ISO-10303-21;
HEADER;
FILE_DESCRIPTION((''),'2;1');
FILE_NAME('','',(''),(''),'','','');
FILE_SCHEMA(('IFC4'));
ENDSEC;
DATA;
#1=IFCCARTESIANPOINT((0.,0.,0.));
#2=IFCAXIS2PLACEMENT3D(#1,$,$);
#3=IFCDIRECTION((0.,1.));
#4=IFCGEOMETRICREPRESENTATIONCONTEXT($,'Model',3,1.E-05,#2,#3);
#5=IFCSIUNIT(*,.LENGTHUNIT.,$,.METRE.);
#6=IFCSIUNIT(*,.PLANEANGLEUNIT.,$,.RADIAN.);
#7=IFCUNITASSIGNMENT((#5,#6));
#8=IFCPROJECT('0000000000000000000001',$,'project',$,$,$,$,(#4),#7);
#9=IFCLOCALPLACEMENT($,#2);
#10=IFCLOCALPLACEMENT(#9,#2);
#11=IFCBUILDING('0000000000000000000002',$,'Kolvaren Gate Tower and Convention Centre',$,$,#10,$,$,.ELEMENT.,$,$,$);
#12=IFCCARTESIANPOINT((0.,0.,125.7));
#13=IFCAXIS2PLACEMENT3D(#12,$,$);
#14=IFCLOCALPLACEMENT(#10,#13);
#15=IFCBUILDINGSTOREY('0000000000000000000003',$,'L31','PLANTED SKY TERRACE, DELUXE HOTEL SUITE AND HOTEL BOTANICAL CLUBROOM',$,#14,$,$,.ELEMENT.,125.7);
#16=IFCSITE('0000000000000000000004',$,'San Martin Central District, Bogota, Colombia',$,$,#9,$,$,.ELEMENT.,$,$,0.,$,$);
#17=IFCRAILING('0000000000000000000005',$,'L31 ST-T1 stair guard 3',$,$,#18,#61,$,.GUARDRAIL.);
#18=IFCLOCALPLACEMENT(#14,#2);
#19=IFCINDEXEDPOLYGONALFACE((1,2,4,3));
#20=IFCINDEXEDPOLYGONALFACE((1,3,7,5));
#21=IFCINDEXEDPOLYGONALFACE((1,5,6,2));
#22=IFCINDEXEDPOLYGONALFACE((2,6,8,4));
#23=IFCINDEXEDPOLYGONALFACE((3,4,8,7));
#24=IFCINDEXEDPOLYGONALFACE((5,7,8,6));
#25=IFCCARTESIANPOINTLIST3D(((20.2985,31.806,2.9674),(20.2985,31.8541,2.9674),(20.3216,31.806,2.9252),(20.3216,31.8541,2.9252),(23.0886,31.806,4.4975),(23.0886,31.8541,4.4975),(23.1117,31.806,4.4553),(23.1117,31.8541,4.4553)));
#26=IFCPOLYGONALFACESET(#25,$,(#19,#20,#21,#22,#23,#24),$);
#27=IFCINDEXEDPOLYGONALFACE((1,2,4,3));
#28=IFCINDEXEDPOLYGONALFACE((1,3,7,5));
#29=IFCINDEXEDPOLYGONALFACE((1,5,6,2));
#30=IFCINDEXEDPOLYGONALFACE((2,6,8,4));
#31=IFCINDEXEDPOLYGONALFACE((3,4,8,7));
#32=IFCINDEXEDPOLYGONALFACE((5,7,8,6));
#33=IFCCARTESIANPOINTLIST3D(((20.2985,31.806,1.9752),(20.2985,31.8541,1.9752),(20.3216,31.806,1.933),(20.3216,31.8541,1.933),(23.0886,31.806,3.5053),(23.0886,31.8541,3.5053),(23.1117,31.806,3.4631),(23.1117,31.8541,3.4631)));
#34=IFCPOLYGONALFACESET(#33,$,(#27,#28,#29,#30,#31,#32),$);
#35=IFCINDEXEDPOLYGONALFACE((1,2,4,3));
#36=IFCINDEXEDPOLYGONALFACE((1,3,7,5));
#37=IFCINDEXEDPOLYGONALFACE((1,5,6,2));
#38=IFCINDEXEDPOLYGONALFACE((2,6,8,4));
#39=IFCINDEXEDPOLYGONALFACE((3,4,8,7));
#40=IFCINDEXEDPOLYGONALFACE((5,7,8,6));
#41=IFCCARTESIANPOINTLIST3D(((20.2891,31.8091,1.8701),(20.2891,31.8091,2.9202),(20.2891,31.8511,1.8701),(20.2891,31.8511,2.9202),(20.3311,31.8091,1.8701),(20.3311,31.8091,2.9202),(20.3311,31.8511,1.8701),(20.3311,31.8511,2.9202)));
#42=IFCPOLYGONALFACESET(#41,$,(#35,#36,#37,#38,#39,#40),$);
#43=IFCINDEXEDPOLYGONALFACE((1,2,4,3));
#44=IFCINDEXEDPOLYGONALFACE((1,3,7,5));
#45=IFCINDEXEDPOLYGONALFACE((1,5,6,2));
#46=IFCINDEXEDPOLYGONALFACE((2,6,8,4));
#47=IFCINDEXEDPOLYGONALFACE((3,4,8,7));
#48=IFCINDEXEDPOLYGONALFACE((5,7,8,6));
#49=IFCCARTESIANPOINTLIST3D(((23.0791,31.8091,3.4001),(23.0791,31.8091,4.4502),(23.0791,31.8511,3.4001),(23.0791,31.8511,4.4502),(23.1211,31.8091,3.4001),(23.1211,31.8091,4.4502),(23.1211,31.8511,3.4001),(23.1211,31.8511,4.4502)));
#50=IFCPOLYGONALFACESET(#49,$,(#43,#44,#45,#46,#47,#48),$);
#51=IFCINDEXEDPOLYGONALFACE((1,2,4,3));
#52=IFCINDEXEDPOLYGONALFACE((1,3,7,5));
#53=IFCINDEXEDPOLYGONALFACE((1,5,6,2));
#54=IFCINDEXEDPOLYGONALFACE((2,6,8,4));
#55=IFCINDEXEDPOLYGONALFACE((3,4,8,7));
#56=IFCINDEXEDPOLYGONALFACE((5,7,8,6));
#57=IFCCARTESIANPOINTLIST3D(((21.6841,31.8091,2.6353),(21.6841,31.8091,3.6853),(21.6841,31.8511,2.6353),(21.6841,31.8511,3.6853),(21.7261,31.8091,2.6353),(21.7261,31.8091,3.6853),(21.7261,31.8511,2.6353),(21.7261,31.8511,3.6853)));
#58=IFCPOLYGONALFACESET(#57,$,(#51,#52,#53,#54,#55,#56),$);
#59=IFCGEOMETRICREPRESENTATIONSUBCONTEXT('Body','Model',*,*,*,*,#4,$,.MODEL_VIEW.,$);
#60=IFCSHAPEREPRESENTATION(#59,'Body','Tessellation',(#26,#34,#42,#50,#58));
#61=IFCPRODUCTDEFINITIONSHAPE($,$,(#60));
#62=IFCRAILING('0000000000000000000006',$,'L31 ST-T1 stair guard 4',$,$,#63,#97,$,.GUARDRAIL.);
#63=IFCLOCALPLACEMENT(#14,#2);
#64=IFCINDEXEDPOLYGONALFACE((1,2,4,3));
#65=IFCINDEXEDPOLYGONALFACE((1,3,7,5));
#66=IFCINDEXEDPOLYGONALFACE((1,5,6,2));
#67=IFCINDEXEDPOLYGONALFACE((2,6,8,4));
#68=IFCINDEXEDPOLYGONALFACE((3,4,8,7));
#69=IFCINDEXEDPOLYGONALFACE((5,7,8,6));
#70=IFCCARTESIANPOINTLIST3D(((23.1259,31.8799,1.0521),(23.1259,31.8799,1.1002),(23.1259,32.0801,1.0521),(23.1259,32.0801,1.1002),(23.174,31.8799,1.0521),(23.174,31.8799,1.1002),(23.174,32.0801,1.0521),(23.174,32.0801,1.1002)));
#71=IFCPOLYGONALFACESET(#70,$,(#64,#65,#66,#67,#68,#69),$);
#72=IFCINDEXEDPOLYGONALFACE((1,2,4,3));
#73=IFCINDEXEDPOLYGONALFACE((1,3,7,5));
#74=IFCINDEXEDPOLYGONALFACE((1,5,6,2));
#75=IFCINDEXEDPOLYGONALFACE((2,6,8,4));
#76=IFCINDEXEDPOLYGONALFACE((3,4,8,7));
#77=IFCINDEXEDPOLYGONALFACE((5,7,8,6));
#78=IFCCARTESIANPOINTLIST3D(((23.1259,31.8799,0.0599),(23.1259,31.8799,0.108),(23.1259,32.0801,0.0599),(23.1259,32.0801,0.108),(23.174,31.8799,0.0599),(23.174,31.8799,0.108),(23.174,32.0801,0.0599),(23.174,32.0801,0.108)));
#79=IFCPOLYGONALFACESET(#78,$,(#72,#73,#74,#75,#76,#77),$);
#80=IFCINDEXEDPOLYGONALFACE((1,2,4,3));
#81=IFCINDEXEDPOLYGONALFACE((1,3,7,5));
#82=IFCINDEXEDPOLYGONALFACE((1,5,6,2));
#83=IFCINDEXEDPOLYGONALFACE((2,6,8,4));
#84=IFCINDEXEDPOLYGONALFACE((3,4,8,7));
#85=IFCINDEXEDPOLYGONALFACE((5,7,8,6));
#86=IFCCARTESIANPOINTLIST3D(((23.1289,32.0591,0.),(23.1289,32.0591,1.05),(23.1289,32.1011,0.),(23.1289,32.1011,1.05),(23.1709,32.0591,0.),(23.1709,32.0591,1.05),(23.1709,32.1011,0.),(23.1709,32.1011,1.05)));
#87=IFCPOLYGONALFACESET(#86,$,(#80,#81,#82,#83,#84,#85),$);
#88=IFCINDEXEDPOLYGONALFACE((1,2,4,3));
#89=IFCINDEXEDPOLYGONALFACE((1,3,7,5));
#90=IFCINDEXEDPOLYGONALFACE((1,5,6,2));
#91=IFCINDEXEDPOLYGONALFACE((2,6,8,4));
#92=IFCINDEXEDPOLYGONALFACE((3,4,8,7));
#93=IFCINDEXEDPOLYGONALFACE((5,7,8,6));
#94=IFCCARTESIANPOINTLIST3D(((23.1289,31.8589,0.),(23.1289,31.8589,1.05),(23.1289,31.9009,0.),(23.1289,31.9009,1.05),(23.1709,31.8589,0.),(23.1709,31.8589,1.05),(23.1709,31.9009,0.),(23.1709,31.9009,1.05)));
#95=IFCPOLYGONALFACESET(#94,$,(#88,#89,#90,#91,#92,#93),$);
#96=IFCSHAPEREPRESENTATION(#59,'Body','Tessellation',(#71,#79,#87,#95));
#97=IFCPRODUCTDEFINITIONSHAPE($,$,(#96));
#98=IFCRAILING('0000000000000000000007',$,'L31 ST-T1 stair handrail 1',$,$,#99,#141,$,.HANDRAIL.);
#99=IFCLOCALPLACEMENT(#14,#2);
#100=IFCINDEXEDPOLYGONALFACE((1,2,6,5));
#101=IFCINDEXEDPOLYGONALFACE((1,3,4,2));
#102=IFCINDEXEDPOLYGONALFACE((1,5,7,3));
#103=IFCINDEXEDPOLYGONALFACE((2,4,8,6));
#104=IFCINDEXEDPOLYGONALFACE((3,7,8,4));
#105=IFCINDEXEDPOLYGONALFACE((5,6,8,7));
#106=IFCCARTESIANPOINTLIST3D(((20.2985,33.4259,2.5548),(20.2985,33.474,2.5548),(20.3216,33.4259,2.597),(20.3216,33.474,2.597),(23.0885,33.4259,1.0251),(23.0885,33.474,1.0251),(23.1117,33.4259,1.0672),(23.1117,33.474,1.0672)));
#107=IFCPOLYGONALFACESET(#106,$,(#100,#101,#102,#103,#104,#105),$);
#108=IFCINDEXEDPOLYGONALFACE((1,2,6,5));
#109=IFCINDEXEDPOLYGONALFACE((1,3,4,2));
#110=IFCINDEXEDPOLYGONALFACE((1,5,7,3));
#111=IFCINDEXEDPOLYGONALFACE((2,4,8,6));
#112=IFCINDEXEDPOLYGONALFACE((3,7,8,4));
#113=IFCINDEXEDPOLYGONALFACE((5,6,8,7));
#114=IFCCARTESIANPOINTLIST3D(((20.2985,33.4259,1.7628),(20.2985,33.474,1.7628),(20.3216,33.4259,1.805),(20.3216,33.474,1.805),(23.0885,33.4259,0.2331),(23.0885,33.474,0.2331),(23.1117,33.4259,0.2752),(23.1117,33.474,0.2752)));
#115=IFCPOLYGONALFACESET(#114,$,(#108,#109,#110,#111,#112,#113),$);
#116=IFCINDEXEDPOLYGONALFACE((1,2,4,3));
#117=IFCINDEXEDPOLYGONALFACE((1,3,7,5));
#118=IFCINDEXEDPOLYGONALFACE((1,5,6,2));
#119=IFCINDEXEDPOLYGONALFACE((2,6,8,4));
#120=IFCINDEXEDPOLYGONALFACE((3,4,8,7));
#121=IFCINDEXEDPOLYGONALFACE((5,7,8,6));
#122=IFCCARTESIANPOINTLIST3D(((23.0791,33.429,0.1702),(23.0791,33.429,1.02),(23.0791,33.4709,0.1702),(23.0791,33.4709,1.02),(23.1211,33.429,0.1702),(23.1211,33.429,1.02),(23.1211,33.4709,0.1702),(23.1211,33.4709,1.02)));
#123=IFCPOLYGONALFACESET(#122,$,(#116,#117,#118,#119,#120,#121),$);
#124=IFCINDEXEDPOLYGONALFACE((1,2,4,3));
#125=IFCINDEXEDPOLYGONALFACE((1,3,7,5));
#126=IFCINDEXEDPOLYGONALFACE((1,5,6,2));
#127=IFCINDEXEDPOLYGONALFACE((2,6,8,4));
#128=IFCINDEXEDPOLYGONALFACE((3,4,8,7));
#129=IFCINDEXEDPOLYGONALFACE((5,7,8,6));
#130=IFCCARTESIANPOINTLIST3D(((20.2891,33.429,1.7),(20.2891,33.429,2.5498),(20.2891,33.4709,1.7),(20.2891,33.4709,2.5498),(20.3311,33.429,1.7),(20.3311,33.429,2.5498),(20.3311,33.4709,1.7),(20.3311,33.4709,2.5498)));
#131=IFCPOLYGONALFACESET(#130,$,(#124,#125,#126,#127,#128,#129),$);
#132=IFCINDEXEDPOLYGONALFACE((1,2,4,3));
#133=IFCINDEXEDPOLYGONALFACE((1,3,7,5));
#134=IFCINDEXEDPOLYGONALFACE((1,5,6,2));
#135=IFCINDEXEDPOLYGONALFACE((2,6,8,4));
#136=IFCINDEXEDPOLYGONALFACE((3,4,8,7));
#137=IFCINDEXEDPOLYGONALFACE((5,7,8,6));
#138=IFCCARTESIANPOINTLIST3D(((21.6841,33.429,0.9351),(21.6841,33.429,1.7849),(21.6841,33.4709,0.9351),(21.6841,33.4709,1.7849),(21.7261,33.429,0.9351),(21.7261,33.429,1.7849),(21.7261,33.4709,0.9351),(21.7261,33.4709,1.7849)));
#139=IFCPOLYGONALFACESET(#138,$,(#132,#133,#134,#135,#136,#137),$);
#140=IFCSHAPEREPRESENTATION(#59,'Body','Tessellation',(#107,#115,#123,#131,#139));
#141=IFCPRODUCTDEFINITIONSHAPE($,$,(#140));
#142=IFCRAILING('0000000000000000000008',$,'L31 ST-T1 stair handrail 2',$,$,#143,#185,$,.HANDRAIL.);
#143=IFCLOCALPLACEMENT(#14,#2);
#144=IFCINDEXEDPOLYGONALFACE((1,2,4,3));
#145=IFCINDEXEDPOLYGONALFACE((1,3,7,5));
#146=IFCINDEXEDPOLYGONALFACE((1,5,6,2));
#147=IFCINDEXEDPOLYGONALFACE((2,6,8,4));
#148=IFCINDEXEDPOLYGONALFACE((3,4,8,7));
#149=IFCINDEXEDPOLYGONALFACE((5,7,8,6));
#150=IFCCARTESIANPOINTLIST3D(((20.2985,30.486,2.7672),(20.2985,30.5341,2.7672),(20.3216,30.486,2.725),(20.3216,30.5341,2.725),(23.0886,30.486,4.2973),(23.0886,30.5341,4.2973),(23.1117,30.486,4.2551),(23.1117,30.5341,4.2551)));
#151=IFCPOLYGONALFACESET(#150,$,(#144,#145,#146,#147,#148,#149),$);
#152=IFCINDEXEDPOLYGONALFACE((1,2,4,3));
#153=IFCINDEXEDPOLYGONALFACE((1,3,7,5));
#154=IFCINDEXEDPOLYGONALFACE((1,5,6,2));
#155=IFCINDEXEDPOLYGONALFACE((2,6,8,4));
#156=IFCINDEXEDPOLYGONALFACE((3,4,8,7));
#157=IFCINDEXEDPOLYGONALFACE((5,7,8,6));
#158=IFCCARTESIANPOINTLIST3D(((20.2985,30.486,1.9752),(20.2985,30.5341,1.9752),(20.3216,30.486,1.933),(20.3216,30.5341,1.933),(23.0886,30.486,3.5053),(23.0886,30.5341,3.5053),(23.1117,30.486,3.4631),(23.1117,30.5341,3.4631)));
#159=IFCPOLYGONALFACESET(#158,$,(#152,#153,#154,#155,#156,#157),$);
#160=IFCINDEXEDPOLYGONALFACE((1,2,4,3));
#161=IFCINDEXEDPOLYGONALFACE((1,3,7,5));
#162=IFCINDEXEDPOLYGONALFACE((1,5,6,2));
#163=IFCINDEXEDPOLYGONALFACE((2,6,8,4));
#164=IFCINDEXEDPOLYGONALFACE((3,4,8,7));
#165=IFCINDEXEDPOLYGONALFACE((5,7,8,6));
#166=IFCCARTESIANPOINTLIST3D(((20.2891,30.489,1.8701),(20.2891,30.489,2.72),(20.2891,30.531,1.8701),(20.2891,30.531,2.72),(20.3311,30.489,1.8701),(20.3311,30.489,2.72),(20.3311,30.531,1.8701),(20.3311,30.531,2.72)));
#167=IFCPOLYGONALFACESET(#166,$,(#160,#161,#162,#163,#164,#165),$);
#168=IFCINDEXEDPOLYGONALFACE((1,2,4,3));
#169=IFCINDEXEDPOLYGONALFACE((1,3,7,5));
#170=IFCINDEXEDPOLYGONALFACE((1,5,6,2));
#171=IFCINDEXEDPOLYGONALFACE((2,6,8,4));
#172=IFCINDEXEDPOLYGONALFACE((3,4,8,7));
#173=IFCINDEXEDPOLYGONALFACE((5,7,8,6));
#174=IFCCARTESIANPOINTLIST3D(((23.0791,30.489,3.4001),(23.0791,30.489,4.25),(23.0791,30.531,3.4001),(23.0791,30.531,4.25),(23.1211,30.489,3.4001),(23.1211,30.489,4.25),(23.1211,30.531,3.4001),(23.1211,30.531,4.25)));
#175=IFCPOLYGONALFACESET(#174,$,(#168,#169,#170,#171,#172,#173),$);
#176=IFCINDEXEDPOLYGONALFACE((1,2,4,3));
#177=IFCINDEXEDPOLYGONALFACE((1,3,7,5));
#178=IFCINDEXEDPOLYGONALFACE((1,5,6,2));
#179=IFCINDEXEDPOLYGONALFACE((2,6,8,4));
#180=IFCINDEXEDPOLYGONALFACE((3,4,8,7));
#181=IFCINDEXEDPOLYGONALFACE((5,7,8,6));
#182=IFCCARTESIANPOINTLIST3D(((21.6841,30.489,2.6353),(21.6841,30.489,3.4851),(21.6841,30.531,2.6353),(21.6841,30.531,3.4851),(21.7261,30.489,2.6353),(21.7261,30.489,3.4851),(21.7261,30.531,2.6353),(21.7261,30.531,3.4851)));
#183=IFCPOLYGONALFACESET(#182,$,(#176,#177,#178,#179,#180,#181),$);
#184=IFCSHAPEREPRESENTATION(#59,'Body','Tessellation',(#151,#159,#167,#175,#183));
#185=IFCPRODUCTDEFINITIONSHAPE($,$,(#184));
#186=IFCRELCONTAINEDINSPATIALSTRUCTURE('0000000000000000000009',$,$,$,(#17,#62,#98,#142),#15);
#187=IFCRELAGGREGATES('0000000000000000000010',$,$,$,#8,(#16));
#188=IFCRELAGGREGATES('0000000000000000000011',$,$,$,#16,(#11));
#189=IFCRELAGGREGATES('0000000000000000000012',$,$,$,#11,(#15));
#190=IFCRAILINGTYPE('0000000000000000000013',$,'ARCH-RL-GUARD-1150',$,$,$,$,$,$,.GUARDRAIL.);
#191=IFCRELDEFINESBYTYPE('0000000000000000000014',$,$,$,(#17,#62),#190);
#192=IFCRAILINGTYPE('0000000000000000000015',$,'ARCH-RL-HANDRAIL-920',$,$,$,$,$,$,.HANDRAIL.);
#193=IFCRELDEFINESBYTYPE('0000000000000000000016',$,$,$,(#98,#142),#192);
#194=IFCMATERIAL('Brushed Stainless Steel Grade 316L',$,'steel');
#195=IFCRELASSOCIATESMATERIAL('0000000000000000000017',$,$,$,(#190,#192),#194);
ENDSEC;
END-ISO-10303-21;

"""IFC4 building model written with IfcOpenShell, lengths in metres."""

from ifc_helpers import new_model, si_unit, direction, frame, origin, origin_2d, place, context, subcontext, project, spatial, rectangle, extrude, material, type_object, element, save


model = new_model("IFC4")

# Units and contexts
model_context = context("Model", 3, precision=1e-05, world=origin(), true_north=direction((0.0, 1.0)))
body_context = subcontext(model_context, "Body", "Model", "MODEL_VIEW")
ifc_project = project(units=[si_unit("LENGTHUNIT", "METRE"), si_unit("PLANEANGLEUNIT", "RADIAN")], contexts=[model_context])

# Site, building, storey
site_placement = place(None, origin())
site = spatial("IfcSite", under=ifc_project, at=site_placement, Name="San Martin Central District, Bogota, Colombia", CompositionType="ELEMENT", RefElevation=0.0)
building_placement = place(site_placement, origin())
building = spatial("IfcBuilding", under=site, at=building_placement, Name="Kolvaren Gate Tower and Convention Centre", CompositionType="ELEMENT")
storey_placement = place(building_placement, frame((0.0, 0.0, 125.7)))
storey = spatial("IfcBuildingStorey", under=building, at=storey_placement, Name="L31", Description="PLANTED SKY TERRACE, DELUXE HOTEL SUITE AND HOTEL BOTANICAL CLUBROOM", CompositionType="ELEMENT", Elevation=125.7)

# Shared definitions
ifc_material_1 = material(Name="Brushed Stainless Steel Grade 316L", Category="steel")

# Railings
railing_type_1 = type_object("IfcRailingType", Name="ARCH-RL-GUARD-1150", PredefinedType="GUARDRAIL", material=ifc_material_1)
railing_1_placement = place(storey_placement, frame((20.3101, 31.8301, 1.8701)))
element("IfcRailing", 1, at=railing_1_placement, inside=storey, type_object=railing_type_1, Name="L31 ST-T1 stair guard 3", PredefinedType="GUARDRAIL", context=body_context, shape_type="SweptSolid", body=[
    extrude(rectangle(XDim=0.0481, YDim=0.0481, at=origin_2d()), frame((0.0, 0.0, 1.0762), z_axis=(0.876811, 0.0, 0.480835), x_axis=(0.0, 1.0, 0.0)), (0.0, 0.0, 1.0), 3.1821),
    extrude(rectangle(XDim=0.0481, YDim=0.0481, at=origin_2d()), frame((0.0, 0.0, 0.084), z_axis=(0.876811, 0.0, 0.480835), x_axis=(0.0, 1.0, 0.0)), (0.0, 0.0, 1.0), 3.1821),
    extrude(rectangle(XDim=0.042, YDim=0.042, at=origin_2d()), origin(), (0.0, 0.0, 1.0), 1.05),
    extrude(rectangle(XDim=0.042, YDim=0.042, at=origin_2d()), frame((2.79, 0.0, 1.53)), (0.0, 0.0, 1.0), 1.05),
    extrude(rectangle(XDim=0.042, YDim=0.042, at=origin_2d()), frame((1.395, 0.0, 0.7651)), (0.0, 0.0, 1.0), 1.05),
])
railing_2_placement = place(storey_placement, frame((23.1499, 32.0801, 0.0)))
element("IfcRailing", 2, at=railing_2_placement, inside=storey, type_object=railing_type_1, Name="L31 ST-T1 stair guard 4", PredefinedType="GUARDRAIL", context=body_context, shape_type="SweptSolid", body=[
    extrude(rectangle(XDim=0.0481, YDim=0.0481, at=origin_2d()), frame((0.0, 0.0, 1.0762), z_axis=(0.0, -1.0, 0.0), x_axis=(1.0, 0.0, 0.0)), (0.0, 0.0, 1.0), 0.2002),
    extrude(rectangle(XDim=0.0481, YDim=0.0481, at=origin_2d()), frame((0.0, 0.0, 0.084), z_axis=(0.0, -1.0, 0.0), x_axis=(1.0, 0.0, 0.0)), (0.0, 0.0, 1.0), 0.2002),
    extrude(rectangle(XDim=0.042, YDim=0.042, at=origin_2d()), origin(), (0.0, 0.0, 1.0), 1.05),
    extrude(rectangle(XDim=0.042, YDim=0.042, at=origin_2d()), frame((0.0, -0.2002, 0.0)), (0.0, 0.0, 1.0), 1.05),
])
railing_type_2 = type_object("IfcRailingType", Name="ARCH-RL-HANDRAIL-920", PredefinedType="HANDRAIL", material=ifc_material_1)
railing_3_placement = place(storey_placement, frame((23.1001, 33.45, 0.1702)))
element("IfcRailing", 3, at=railing_3_placement, inside=storey, type_object=railing_type_2, Name="L31 ST-T1 stair handrail 1", PredefinedType="HANDRAIL", context=body_context, shape_type="SweptSolid", body=[
    extrude(rectangle(XDim=0.0481, YDim=0.0481, at=origin_2d()), frame((0.0, 0.0, 0.876), z_axis=(-0.876844, 0.0, 0.480776), x_axis=(0.0, -1.0, 0.0)), (0.0, 0.0, 1.0), 3.1819),
    extrude(rectangle(XDim=0.0481, YDim=0.0481, at=origin_2d()), frame((0.0, 0.0, 0.084), z_axis=(-0.876844, 0.0, 0.480776), x_axis=(0.0, -1.0, 0.0)), (0.0, 0.0, 1.0), 3.1819),
    extrude(rectangle(XDim=0.042, YDim=0.042, at=origin_2d()), origin(), (0.0, 0.0, 1.0), 0.8499),
    extrude(rectangle(XDim=0.042, YDim=0.042, at=origin_2d()), frame((-2.79, 0.0, 1.5298)), (0.0, 0.0, 1.0), 0.8499),
    extrude(rectangle(XDim=0.042, YDim=0.042, at=origin_2d()), frame((-1.395, 0.0, 0.7649)), (0.0, 0.0, 1.0), 0.8499),
])
railing_4_placement = place(storey_placement, frame((20.3101, 30.51, 1.8701)))
element("IfcRailing", 4, at=railing_4_placement, inside=storey, type_object=railing_type_2, Name="L31 ST-T1 stair handrail 2", PredefinedType="HANDRAIL", context=body_context, shape_type="SweptSolid", body=[
    extrude(rectangle(XDim=0.0481, YDim=0.0481, at=origin_2d()), frame((0.0, 0.0, 0.876), z_axis=(0.876811, 0.0, 0.480835), x_axis=(0.0, 1.0, 0.0)), (0.0, 0.0, 1.0), 3.1821),
    extrude(rectangle(XDim=0.0481, YDim=0.0481, at=origin_2d()), frame((0.0, 0.0, 0.084), z_axis=(0.876811, 0.0, 0.480835), x_axis=(0.0, 1.0, 0.0)), (0.0, 0.0, 1.0), 3.1821),
    extrude(rectangle(XDim=0.042, YDim=0.042, at=origin_2d()), origin(), (0.0, 0.0, 1.0), 0.8499),
    extrude(rectangle(XDim=0.042, YDim=0.042, at=origin_2d()), frame((2.79, 0.0, 1.53)), (0.0, 0.0, 1.0), 0.8499),
    extrude(rectangle(XDim=0.042, YDim=0.042, at=origin_2d()), frame((1.395, 0.0, 0.7651)), (0.0, 0.0, 1.0), 0.8499),
])

save(model, "model.ifc")
